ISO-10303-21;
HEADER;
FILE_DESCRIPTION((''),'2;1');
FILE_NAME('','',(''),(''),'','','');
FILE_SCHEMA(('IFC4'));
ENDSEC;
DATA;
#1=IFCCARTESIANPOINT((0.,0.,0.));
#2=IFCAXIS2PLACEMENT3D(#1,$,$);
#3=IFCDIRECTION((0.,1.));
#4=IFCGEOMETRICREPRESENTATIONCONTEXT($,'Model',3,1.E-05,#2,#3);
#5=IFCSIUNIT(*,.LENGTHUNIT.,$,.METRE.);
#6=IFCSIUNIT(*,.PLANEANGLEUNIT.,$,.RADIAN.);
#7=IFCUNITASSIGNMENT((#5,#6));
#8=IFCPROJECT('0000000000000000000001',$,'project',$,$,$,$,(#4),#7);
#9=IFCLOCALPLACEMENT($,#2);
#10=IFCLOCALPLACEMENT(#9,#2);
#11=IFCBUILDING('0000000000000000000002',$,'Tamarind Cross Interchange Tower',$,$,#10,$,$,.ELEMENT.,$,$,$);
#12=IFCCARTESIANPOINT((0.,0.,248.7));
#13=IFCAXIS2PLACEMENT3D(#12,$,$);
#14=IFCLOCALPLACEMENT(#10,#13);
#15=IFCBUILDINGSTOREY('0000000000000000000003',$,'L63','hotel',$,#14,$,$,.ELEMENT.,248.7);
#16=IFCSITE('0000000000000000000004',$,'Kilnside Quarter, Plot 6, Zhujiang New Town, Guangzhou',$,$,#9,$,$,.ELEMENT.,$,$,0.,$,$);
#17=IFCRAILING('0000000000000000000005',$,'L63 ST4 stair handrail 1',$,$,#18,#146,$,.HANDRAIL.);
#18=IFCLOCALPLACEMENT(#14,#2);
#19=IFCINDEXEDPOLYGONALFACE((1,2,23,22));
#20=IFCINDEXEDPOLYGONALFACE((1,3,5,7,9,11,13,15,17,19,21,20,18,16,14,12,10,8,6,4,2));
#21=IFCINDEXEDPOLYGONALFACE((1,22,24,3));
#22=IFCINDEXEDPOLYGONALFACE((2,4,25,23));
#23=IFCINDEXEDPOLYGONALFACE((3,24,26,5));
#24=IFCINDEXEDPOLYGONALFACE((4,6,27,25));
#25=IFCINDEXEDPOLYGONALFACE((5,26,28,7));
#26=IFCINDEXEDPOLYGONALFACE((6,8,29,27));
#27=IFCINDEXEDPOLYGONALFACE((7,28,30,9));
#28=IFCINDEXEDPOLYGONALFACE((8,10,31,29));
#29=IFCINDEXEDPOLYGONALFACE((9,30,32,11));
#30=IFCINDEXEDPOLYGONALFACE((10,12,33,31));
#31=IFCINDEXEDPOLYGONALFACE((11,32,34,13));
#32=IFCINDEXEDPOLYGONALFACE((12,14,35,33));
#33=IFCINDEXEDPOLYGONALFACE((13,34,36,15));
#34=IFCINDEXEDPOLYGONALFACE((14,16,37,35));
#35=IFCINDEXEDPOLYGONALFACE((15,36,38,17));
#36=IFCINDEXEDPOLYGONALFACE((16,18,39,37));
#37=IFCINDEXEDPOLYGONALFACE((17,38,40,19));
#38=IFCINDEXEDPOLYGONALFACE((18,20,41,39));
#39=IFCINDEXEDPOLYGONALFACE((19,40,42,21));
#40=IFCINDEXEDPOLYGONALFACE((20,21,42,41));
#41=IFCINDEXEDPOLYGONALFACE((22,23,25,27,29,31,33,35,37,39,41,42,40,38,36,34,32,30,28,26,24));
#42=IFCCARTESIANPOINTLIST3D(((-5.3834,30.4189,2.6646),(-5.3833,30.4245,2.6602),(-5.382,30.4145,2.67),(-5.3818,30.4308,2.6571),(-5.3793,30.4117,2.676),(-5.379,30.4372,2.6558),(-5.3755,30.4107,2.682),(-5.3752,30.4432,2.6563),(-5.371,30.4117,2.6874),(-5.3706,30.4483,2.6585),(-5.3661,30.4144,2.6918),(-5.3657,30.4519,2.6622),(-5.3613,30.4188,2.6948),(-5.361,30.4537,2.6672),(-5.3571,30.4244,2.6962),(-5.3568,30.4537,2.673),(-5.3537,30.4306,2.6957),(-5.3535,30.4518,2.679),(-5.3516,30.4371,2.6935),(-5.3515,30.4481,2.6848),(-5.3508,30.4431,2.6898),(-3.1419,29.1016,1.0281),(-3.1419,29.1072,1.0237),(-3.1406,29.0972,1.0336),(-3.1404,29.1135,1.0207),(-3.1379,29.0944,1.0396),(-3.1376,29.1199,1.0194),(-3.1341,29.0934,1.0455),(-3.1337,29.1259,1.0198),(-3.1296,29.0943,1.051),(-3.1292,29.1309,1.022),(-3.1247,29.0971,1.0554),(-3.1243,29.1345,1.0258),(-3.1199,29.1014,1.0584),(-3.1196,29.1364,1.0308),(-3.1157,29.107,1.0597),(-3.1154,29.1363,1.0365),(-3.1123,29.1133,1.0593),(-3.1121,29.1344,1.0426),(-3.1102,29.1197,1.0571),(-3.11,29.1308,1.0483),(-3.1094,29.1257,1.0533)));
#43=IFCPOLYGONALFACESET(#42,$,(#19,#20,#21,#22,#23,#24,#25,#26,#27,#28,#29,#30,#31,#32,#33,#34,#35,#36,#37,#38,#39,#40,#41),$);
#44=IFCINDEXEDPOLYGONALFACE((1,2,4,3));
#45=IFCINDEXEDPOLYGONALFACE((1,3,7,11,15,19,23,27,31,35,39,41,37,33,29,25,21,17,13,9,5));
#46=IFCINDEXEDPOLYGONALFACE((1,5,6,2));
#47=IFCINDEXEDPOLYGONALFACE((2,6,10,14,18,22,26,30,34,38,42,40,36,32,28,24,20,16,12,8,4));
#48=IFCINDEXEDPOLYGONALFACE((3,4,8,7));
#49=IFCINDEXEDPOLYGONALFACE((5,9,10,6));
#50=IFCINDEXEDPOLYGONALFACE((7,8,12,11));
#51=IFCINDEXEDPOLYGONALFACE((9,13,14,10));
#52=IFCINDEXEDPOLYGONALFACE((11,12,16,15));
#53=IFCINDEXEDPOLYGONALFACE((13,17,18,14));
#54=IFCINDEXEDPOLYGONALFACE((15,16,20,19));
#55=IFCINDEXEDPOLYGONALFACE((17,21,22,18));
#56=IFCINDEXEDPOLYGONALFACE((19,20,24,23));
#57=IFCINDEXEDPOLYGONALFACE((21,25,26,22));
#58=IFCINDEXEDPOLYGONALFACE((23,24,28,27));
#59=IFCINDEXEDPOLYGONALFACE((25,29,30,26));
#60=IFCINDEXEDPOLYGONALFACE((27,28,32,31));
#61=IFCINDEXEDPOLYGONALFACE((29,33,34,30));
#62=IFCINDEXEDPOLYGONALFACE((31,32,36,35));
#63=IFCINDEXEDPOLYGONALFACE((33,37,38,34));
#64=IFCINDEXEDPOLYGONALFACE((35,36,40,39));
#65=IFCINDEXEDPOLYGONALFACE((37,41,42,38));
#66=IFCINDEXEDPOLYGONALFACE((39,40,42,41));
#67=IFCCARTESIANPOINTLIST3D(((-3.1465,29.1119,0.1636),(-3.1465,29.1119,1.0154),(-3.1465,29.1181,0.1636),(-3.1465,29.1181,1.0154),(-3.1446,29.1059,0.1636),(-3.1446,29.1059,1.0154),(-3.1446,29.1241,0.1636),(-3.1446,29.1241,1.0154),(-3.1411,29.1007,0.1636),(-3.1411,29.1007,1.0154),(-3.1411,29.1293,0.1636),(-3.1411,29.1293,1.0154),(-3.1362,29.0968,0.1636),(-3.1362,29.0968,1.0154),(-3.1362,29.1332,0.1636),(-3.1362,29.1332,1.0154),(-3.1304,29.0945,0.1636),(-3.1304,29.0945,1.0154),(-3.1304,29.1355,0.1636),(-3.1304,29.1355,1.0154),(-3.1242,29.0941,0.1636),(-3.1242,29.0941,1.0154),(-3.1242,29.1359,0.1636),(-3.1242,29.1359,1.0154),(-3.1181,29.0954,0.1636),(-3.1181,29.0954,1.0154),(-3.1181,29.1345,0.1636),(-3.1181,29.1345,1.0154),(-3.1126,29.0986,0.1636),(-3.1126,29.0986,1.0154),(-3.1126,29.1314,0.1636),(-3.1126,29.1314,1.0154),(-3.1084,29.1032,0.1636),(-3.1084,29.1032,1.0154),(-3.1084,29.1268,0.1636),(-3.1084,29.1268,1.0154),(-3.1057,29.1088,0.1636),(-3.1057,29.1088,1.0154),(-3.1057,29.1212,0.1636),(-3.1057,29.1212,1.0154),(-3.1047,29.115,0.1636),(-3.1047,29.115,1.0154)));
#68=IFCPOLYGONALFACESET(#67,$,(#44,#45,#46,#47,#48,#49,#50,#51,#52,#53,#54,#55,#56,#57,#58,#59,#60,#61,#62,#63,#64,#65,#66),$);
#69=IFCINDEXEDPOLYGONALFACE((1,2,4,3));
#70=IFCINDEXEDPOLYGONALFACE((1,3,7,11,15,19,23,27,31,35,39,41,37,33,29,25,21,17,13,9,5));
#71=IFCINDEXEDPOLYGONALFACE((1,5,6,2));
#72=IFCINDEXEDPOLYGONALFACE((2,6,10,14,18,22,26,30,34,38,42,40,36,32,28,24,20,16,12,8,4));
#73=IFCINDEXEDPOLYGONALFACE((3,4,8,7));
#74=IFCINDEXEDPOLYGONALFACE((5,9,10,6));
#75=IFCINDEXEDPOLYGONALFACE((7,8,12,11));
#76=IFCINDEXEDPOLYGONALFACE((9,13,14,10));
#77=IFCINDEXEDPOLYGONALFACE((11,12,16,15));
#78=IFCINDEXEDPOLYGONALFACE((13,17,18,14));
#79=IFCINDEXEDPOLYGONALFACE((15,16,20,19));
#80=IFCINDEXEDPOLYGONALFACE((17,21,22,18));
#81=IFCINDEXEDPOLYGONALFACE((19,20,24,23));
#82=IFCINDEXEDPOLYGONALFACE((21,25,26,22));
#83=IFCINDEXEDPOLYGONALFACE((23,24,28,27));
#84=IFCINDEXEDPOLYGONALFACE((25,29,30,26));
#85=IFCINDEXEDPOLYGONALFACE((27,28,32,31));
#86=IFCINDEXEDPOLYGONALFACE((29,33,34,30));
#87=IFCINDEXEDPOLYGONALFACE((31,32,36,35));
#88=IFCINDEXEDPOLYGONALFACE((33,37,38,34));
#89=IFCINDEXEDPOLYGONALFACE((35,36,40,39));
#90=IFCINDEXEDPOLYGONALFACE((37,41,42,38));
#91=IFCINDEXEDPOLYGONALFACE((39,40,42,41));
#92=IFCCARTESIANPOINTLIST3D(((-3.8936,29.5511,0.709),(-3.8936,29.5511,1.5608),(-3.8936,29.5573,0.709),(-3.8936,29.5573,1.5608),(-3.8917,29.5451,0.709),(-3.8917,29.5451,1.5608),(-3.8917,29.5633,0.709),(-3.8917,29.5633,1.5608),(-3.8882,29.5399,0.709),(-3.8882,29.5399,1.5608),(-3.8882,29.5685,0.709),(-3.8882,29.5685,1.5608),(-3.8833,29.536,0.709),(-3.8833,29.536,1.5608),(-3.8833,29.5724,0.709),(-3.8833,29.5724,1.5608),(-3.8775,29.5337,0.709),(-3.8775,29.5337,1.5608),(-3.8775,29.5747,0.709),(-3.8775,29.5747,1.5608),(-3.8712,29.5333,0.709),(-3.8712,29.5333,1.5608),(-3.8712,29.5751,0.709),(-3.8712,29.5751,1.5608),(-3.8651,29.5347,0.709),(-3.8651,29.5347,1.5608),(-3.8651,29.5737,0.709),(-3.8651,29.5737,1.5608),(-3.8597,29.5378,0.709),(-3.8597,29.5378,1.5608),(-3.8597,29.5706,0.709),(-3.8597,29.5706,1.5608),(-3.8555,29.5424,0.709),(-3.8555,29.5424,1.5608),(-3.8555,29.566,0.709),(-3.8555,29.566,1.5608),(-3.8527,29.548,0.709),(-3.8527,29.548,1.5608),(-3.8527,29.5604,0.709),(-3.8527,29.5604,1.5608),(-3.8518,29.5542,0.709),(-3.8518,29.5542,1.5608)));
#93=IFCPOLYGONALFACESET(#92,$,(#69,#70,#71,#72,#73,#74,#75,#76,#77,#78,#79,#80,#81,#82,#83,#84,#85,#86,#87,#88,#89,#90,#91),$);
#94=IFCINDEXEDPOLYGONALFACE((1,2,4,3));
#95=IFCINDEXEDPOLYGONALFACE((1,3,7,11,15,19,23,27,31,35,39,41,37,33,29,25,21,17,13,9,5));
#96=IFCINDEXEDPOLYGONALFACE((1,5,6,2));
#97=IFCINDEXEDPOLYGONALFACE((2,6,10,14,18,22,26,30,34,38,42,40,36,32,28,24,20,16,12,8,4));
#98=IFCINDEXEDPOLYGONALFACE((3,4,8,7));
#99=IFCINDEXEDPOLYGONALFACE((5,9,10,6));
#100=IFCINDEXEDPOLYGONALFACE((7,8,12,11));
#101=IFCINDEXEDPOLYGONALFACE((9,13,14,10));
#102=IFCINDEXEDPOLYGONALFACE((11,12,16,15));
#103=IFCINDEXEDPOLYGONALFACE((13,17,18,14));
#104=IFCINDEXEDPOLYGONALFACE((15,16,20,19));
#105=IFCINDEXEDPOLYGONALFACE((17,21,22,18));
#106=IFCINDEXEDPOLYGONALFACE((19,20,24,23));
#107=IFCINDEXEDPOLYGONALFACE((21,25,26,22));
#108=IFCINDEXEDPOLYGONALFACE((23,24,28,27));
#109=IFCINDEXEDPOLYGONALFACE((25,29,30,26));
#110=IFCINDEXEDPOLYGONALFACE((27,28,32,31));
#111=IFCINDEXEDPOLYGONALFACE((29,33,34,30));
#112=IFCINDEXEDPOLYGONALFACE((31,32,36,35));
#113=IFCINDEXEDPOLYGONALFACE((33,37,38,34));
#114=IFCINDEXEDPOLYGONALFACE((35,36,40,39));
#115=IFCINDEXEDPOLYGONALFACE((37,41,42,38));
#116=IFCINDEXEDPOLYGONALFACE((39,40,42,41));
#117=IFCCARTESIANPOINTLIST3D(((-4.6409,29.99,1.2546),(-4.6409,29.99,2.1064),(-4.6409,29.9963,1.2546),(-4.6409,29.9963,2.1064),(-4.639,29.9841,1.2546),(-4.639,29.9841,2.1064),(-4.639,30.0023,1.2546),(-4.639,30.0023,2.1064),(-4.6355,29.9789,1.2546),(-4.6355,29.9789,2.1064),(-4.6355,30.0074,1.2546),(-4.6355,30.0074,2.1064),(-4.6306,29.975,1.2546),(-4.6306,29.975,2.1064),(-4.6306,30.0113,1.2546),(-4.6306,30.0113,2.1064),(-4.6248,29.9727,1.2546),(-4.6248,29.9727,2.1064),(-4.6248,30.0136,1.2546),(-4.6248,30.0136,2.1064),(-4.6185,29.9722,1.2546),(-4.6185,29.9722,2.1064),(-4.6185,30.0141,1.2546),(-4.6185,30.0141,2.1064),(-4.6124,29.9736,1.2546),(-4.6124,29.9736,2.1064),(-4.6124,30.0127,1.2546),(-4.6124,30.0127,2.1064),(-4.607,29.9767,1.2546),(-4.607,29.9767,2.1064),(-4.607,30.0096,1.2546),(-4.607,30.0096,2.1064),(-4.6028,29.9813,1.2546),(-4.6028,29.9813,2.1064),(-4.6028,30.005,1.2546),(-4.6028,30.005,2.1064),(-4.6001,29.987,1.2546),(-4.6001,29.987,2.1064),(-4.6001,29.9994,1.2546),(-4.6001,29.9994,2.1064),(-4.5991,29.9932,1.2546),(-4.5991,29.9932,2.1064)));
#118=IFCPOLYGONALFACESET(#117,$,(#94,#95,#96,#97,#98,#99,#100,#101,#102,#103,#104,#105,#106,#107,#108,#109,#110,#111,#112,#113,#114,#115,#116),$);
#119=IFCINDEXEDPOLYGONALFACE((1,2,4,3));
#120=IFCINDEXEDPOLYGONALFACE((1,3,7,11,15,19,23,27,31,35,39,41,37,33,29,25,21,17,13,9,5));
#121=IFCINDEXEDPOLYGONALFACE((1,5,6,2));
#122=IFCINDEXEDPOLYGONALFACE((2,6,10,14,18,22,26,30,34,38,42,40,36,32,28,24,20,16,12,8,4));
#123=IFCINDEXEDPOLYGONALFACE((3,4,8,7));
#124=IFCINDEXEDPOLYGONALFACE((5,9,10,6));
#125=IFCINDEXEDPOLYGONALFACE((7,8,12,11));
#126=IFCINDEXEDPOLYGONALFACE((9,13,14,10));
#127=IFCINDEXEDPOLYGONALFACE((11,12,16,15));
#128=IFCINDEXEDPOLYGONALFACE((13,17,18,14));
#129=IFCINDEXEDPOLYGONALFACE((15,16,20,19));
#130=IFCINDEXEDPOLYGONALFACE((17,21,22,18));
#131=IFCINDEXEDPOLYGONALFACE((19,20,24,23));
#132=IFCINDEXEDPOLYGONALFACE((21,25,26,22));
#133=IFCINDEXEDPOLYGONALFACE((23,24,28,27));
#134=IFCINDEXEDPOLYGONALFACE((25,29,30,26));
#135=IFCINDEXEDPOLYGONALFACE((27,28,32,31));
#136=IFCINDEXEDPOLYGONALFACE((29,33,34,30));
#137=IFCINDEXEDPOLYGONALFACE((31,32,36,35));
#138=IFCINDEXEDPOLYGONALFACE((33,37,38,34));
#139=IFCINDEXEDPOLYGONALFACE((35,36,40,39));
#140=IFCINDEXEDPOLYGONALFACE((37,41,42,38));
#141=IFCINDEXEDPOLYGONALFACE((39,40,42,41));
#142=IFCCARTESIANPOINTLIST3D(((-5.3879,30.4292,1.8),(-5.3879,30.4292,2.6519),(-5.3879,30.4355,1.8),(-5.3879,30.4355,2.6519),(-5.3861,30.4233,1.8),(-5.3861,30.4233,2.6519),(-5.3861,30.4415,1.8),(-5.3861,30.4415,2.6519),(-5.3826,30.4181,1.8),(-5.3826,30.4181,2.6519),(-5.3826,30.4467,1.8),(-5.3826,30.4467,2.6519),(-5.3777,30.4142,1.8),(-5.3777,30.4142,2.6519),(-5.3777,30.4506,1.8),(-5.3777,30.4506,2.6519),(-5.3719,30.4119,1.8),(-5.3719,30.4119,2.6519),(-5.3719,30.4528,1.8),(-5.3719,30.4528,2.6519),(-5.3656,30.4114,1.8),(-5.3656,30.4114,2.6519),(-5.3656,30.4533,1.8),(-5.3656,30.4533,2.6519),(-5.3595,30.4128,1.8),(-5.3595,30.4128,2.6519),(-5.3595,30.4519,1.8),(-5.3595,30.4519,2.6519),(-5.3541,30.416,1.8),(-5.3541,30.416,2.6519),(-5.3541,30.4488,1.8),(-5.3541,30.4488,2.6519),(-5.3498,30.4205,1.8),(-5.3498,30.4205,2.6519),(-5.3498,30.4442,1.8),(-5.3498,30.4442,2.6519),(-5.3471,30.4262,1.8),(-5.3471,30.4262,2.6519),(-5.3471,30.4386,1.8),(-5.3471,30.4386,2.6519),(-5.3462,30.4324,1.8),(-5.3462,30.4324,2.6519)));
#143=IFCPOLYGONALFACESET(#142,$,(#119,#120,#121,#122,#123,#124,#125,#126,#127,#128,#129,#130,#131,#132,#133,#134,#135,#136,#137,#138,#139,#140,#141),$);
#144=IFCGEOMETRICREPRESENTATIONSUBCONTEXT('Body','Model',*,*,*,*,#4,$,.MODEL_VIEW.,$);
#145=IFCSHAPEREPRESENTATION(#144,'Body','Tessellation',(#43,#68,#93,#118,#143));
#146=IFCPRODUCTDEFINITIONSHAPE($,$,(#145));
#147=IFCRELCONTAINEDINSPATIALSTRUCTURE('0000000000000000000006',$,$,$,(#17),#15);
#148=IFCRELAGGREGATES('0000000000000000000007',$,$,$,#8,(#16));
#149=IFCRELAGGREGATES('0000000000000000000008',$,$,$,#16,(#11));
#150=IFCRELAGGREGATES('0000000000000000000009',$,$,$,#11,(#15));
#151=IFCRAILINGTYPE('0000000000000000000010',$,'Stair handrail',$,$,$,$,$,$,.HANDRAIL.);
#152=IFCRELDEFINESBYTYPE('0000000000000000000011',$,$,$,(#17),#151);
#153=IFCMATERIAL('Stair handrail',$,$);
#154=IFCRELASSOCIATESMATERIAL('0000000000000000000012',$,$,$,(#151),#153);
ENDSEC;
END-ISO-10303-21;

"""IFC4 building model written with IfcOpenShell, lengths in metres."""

from ifc_helpers import new_model, si_unit, direction, frame, origin, origin_2d, place, context, subcontext, project, spatial, circle, extrude, material, type_object, element, save


model = new_model("IFC4")

# Units and contexts
model_context = context("Model", 3, precision=1e-05, world=origin(), true_north=direction((0.0, 1.0)))
body_context = subcontext(model_context, "Body", "Model", "MODEL_VIEW")
ifc_project = project(units=[si_unit("LENGTHUNIT", "METRE"), si_unit("PLANEANGLEUNIT", "RADIAN")], contexts=[model_context])

# Site, building, storey
site_placement = place(None, origin())
site = spatial("IfcSite", under=ifc_project, at=site_placement, Name="Kilnside Quarter, Plot 6, Zhujiang New Town, Guangzhou", CompositionType="ELEMENT", RefElevation=0.0)
building_placement = place(site_placement, origin())
building = spatial("IfcBuilding", under=site, at=building_placement, Name="Tamarind Cross Interchange Tower", CompositionType="ELEMENT")
storey_placement = place(building_placement, frame((0.0, 0.0, 248.7)))
storey = spatial("IfcBuildingStorey", under=building, at=storey_placement, Name="L63", Description="hotel", CompositionType="ELEMENT", Elevation=248.7)

# Railing
ifc_material_1 = material(Name="Stair handrail")
railing_type_1 = type_object("IfcRailingType", Name="Stair handrail", PredefinedType="HANDRAIL", material=ifc_material_1)
railing_1_placement = place(storey_placement, frame((-3.1257, 29.115, 0.1636)))
element("IfcRailing", 1, at=railing_1_placement, inside=storey, type_object=railing_type_1, Name="L63 ST4 stair handrail 1", PredefinedType="HANDRAIL", context=body_context, shape_type="SweptSolid", body=[
    extrude(circle(Radius=0.0239, at=origin_2d()), frame((0.0, 0.0, 0.876), z_axis=(-0.729622, 0.428825, 0.532693), x_axis=(-0.5067, -0.862122, 0.0)), (0.0, 0.0, 1.0), 3.072),
    extrude(circle(Radius=0.021, at=origin_2d()), origin(), (0.0, 0.0, 1.0), 0.8518),
    extrude(circle(Radius=0.021, at=origin_2d()), frame((-0.7471, 0.4392, 0.5454)), (0.0, 0.0, 1.0), 0.8518),
    extrude(circle(Radius=0.021, at=origin_2d()), frame((-1.4944, 0.8782, 1.0911)), (0.0, 0.0, 1.0), 0.8518),
    extrude(circle(Radius=0.021, at=origin_2d()), frame((-2.2415, 1.3174, 1.6365)), (0.0, 0.0, 1.0), 0.8518),
])

save(model, "model.ifc")
